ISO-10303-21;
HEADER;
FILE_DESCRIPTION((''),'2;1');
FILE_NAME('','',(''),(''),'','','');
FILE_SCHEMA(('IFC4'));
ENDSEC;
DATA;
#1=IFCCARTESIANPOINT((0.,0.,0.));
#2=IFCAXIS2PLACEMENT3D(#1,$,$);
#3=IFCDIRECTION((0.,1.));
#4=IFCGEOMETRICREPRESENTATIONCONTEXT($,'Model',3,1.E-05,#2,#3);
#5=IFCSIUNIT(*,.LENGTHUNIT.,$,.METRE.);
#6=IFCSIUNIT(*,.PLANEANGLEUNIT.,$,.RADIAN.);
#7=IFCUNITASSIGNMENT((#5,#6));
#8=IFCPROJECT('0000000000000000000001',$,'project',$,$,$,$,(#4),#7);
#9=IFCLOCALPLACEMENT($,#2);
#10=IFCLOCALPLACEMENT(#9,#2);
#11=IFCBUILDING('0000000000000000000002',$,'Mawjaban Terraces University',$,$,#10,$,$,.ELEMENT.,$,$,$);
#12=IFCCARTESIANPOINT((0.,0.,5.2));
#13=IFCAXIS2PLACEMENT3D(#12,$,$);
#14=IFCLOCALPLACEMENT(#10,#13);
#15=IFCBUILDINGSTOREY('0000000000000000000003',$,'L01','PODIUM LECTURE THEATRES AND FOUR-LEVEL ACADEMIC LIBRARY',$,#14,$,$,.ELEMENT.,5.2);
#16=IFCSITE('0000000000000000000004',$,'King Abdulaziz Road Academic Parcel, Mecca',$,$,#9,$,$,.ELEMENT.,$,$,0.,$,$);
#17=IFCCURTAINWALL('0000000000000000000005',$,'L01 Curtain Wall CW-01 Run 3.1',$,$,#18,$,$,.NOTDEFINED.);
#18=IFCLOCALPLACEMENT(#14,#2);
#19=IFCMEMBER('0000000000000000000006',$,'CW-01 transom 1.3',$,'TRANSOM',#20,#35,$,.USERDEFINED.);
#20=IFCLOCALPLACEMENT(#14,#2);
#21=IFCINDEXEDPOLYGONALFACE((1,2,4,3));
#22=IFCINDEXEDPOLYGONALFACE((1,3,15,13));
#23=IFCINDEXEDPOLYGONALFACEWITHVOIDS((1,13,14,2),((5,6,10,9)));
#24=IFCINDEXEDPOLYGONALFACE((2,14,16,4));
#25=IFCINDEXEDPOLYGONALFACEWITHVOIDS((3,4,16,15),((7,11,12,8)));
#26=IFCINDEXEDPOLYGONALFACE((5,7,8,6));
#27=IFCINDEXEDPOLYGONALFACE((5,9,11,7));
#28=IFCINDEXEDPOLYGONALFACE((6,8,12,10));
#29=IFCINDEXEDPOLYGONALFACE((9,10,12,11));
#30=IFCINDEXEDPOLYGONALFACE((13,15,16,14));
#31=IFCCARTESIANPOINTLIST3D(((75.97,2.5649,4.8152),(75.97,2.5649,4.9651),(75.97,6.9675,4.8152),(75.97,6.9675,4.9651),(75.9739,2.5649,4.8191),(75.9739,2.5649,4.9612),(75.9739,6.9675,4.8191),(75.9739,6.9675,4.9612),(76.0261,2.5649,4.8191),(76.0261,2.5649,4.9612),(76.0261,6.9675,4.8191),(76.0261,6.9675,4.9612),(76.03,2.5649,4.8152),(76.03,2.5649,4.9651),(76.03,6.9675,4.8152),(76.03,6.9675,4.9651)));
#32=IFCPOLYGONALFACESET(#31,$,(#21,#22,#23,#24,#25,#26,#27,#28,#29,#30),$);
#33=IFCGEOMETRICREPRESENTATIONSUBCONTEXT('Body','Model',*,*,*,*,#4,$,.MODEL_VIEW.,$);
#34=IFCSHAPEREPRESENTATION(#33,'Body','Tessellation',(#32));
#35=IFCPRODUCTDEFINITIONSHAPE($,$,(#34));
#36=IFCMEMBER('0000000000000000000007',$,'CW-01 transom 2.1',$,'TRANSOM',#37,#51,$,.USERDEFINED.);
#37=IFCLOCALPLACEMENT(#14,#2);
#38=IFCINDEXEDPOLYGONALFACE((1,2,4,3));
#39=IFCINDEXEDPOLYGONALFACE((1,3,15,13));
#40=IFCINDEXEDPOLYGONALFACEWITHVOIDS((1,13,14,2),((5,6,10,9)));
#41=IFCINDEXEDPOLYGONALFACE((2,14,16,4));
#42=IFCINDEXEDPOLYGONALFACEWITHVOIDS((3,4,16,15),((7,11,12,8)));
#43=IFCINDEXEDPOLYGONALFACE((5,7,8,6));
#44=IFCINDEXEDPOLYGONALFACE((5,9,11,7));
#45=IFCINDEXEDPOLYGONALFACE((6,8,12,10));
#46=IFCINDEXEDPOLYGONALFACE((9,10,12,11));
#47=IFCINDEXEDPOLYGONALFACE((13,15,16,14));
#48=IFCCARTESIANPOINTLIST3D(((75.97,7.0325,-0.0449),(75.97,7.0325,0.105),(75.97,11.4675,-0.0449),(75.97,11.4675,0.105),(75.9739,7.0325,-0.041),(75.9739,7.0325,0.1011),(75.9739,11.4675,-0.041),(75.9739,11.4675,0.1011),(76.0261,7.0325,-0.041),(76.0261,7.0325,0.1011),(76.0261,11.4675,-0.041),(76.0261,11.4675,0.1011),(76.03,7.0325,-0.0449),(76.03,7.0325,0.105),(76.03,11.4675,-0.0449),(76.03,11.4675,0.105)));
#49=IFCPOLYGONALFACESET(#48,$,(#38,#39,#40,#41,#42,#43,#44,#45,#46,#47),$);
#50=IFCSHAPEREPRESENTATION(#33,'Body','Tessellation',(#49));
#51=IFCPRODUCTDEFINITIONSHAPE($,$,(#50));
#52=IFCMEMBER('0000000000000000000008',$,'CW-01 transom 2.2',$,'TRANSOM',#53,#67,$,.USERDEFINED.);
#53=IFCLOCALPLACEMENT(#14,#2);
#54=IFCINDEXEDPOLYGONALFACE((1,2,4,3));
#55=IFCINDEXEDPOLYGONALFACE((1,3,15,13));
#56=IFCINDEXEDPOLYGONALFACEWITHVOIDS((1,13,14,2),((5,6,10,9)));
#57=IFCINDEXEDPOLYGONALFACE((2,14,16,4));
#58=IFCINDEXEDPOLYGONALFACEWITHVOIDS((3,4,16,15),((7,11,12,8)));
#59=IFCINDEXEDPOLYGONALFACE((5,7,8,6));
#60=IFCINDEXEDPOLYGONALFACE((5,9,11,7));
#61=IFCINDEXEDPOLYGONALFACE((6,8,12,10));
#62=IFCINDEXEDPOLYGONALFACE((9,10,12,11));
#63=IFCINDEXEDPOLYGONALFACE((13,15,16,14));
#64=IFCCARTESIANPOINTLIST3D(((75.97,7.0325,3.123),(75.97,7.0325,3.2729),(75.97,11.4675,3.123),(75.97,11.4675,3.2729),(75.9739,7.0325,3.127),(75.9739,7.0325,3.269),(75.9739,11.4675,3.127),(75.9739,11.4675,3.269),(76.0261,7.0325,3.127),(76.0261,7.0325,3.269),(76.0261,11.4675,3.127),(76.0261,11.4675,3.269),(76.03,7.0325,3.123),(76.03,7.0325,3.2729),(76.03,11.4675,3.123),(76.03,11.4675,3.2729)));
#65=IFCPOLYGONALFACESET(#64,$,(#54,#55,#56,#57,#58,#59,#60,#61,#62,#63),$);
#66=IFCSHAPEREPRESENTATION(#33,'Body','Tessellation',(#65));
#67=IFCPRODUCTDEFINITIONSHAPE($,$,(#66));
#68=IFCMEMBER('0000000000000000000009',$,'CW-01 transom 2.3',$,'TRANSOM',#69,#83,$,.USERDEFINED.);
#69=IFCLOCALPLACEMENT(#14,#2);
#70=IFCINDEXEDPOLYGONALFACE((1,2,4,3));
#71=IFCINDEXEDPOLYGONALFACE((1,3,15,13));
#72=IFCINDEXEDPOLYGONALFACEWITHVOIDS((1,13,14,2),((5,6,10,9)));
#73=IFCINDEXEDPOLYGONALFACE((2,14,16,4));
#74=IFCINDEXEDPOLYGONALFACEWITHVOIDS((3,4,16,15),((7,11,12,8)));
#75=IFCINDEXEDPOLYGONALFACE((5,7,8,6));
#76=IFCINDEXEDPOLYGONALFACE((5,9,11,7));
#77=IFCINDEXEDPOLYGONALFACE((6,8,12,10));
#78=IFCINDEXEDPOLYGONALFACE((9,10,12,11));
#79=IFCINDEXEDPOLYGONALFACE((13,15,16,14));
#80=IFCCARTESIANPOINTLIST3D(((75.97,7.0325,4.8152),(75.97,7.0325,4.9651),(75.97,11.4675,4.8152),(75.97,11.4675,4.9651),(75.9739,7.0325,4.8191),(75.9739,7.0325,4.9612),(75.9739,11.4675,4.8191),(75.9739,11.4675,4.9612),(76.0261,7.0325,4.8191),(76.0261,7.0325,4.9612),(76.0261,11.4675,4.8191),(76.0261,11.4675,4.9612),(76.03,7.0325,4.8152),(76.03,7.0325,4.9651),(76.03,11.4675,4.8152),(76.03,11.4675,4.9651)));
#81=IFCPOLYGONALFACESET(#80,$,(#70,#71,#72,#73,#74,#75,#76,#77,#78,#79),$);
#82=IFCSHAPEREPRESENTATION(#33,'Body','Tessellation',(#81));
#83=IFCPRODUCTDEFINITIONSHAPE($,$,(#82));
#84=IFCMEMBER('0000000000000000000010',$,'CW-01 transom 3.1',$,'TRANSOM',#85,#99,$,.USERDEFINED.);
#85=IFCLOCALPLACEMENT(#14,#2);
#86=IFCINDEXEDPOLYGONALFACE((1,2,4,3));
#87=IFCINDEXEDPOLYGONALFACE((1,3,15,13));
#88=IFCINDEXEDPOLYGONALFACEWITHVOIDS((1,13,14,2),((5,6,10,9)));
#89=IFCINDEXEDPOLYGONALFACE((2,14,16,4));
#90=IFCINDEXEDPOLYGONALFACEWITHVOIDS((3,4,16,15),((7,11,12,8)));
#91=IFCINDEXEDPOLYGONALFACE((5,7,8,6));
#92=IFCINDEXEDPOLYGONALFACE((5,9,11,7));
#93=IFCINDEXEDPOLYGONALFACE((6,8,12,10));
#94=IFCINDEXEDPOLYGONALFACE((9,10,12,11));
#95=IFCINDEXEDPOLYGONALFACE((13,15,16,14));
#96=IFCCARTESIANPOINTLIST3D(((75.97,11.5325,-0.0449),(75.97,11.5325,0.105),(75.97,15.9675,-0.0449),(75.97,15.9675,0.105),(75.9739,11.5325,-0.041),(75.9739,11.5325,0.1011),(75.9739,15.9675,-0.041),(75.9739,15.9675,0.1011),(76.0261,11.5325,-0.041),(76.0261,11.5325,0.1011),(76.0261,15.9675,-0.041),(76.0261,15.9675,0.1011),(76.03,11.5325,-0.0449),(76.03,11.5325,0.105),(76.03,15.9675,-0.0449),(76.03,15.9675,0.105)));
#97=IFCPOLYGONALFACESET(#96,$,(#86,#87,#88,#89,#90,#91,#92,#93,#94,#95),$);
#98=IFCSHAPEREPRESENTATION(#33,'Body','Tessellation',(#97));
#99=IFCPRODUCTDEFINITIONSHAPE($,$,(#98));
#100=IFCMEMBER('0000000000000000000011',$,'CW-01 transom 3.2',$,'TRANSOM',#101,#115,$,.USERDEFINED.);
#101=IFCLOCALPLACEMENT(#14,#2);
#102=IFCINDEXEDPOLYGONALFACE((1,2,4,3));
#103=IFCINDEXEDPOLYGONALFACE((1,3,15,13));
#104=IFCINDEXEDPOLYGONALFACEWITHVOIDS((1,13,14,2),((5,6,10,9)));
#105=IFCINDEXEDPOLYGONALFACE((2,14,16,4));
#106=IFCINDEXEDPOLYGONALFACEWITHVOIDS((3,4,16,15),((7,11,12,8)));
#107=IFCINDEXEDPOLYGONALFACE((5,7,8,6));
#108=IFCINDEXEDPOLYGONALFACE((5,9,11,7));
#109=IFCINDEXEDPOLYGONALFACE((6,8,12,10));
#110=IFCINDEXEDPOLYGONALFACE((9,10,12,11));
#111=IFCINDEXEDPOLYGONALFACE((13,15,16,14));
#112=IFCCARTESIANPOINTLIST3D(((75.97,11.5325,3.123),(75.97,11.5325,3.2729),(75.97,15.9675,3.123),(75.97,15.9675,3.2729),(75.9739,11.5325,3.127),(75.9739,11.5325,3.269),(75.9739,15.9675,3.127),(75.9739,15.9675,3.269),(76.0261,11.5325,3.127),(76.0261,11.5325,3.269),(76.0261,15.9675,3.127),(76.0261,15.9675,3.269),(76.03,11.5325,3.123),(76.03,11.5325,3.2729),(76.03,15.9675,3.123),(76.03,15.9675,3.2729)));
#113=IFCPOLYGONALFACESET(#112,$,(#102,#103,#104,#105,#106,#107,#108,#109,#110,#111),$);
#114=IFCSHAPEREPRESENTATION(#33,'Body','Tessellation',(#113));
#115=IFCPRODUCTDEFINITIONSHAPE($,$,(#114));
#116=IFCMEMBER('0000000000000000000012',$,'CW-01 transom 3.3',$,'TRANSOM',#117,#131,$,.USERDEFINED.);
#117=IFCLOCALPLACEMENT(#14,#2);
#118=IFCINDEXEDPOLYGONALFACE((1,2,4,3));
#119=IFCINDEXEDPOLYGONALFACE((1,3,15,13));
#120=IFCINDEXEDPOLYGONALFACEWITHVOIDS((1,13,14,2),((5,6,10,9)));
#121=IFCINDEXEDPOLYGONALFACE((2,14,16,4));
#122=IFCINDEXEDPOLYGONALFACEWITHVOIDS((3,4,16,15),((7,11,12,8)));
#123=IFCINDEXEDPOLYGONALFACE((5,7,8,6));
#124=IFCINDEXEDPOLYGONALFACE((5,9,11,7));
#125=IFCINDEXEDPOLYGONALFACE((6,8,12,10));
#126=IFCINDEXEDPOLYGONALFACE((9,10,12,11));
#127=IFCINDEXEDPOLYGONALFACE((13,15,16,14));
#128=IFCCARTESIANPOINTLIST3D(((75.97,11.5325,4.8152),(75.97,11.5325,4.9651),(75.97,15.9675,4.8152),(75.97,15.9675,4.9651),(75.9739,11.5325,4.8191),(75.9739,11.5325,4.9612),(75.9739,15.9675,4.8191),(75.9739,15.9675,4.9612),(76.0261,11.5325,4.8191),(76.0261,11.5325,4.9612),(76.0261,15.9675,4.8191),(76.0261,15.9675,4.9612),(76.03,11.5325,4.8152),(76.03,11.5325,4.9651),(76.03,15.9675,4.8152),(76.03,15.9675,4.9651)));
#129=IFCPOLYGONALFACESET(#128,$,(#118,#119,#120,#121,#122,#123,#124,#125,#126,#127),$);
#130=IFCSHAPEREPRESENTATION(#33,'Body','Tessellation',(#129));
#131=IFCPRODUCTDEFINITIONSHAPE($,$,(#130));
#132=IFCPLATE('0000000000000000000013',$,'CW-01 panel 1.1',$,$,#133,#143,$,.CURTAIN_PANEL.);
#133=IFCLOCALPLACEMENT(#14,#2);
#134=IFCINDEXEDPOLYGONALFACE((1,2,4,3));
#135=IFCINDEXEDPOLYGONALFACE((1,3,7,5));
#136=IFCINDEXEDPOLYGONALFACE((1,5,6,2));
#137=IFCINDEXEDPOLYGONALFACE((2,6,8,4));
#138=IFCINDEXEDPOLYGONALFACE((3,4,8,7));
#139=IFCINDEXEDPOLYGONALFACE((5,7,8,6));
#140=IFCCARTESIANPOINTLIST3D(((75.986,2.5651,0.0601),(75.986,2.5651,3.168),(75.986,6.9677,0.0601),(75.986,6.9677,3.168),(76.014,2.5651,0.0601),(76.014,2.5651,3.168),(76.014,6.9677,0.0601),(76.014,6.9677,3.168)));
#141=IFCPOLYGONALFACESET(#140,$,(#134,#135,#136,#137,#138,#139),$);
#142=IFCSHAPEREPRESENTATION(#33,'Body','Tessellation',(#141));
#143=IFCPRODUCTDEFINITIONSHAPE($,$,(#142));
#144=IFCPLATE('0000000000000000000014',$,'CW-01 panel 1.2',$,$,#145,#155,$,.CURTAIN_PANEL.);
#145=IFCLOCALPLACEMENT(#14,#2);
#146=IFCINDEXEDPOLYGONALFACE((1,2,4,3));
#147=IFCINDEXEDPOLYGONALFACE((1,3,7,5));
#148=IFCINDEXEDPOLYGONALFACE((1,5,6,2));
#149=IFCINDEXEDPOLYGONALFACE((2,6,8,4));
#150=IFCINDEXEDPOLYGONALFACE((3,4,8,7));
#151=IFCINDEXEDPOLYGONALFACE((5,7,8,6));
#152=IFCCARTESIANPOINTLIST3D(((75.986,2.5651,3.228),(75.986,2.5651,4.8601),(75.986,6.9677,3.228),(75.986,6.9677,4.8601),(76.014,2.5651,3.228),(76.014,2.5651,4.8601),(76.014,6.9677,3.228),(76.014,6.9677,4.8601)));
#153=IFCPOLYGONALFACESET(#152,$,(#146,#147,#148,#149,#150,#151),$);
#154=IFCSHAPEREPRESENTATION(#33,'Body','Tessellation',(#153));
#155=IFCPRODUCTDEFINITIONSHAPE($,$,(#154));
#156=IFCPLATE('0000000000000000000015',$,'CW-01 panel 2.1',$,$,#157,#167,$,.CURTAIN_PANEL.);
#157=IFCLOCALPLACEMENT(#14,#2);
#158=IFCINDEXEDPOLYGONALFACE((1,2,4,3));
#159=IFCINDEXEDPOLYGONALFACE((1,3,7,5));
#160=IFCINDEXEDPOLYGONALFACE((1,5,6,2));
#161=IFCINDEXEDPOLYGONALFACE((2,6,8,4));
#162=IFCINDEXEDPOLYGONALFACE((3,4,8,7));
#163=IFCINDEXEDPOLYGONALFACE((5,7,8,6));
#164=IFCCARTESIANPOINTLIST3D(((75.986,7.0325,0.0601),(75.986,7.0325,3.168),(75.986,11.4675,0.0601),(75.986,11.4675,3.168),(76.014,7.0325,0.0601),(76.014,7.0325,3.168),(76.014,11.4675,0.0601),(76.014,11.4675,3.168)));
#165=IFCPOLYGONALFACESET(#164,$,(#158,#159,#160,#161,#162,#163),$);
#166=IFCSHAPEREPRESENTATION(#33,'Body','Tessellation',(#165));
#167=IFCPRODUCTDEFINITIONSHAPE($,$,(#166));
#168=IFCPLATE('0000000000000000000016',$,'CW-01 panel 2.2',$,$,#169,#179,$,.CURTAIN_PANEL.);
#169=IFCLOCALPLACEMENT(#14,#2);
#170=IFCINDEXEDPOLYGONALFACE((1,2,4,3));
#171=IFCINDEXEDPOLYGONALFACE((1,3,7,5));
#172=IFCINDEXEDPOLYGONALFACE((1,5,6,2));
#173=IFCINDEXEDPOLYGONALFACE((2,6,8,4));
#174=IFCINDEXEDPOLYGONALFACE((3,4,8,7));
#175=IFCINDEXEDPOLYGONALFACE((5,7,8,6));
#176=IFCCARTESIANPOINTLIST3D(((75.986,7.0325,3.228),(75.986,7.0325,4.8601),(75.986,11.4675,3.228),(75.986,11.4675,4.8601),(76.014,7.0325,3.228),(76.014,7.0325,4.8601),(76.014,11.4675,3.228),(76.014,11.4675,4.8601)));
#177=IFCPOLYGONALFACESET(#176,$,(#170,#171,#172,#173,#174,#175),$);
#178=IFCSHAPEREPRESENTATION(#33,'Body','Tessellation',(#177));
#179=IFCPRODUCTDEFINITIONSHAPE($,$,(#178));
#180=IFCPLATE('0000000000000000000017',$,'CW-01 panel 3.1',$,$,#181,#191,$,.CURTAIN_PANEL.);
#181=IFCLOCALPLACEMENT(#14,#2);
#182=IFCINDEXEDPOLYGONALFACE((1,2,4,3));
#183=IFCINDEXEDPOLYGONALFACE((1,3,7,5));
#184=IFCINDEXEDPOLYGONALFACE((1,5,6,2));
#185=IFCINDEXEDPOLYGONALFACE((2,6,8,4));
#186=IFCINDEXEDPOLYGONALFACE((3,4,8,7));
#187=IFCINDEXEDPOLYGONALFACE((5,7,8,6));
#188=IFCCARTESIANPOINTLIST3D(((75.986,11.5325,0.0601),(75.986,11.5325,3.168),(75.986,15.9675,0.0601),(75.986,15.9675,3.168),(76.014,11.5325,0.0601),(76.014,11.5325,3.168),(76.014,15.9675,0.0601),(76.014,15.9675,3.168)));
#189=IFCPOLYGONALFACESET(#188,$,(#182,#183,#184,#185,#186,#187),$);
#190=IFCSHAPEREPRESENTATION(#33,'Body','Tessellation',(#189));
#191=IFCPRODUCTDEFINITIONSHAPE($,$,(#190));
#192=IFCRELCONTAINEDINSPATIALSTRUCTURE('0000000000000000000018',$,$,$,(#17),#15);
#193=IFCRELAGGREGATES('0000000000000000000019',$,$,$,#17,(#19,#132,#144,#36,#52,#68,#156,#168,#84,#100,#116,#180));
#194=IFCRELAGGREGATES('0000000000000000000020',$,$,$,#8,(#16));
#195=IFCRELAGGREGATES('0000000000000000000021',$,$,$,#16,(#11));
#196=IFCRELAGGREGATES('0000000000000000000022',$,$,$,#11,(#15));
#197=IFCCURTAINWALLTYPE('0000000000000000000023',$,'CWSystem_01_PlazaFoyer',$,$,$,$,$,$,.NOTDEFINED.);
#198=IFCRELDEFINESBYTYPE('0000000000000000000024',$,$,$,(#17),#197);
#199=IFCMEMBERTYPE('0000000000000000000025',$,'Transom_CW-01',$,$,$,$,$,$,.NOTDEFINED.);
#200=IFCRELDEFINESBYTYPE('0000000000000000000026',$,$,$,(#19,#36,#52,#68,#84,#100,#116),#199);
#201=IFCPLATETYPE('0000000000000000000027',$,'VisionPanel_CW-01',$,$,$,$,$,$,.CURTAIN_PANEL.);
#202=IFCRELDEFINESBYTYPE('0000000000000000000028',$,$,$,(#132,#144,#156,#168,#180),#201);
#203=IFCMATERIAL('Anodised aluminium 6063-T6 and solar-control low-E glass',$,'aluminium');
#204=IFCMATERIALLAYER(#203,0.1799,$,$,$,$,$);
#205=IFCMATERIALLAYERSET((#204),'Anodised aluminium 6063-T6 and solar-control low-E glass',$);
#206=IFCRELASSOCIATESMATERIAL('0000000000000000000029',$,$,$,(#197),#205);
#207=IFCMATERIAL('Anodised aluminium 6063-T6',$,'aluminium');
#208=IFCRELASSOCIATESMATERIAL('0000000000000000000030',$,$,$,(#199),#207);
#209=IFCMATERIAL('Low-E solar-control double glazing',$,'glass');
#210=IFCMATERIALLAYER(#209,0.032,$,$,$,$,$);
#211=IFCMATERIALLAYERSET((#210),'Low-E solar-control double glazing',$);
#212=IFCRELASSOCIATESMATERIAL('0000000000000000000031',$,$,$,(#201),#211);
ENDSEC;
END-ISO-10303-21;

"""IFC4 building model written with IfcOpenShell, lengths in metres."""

from ifc_helpers import new_model, si_unit, direction, frame, origin, origin_2d, place, context, subcontext, project, spatial, rectangle, hollow_rectangle, extrude, material, layer, layer_set, material_profile, profile_set, type_object, element, aggregate, save


model = new_model("IFC4")

# Units and contexts
model_context = context("Model", 3, precision=1e-05, world=origin(), true_north=direction((0.0, 1.0)))
body_context = subcontext(model_context, "Body", "Model", "MODEL_VIEW")
ifc_project = project(units=[si_unit("LENGTHUNIT", "METRE"), si_unit("PLANEANGLEUNIT", "RADIAN")], contexts=[model_context])

# Site, building, storey
site_placement = place(None, origin())
site = spatial("IfcSite", under=ifc_project, at=site_placement, Name="King Abdulaziz Road Academic Parcel, Mecca", CompositionType="ELEMENT", RefElevation=0.0)
building_placement = place(site_placement, origin())
building = spatial("IfcBuilding", under=site, at=building_placement, Name="Mawjaban Terraces University", CompositionType="ELEMENT")
storey_placement = place(building_placement, frame((0.0, 0.0, 5.2)))
storey = spatial("IfcBuildingStorey", under=building, at=storey_placement, Name="L01", Description="PODIUM LECTURE THEATRES AND FOUR-LEVEL ACADEMIC LIBRARY", CompositionType="ELEMENT", Elevation=5.2)

# Curtain wall, members, plates
ifc_material_1 = material(Name="Anodised aluminium 6063-T6 and solar-control low-E glass", Category="aluminium")
ifc_layer_1 = layer(ifc_material_1, 0.1799)
ifc_layer_set_1 = layer_set([ifc_layer_1], Name="Anodised aluminium 6063-T6 and solar-control low-E glass")
curtain_wall_type = type_object("IfcCurtainWallType", Name="CWSystem_01_PlazaFoyer", PredefinedType="NOTDEFINED", material=ifc_layer_set_1)
curtain_wall_placement = place(storey_placement, origin())
curtain_wall = element("IfcCurtainWall", 1, at=curtain_wall_placement, inside=storey, type_object=curtain_wall_type, Name="L01 Curtain Wall CW-01 Run 3.1", PredefinedType="NOTDEFINED")
ifc_material_2 = material(Name="Anodised aluminium 6063-T6", Category="aluminium")
ifc_material_profile_1 = material_profile(ifc_material_2, hollow_rectangle(XDim=0.0601, YDim=0.1499, WallThickness=0.0039, at=origin_2d()), Name="ALU150X60X4")
ifc_profile_set_1 = profile_set([ifc_material_profile_1], Name="Anodised aluminium 6063-T6")
member_type_1 = type_object("IfcMemberType", Name="Transom_CW-01", PredefinedType="NOTDEFINED", material=ifc_profile_set_1)
member_1_placement = place(storey_placement, frame((76.0, 2.5649, 4.8901), z_axis=(0.0, 1.0, 0.0), x_axis=(-1.0, 0.0, 0.0)))
member_1 = element("IfcMember", 2, at=member_1_placement, type_object=member_type_1, Name="CW-01 transom 1.3", ObjectType="TRANSOM", PredefinedType="USERDEFINED", context=body_context, shape_type="SweptSolid", body=[
    extrude(hollow_rectangle(XDim=0.0601, YDim=0.1499, WallThickness=0.0039, at=origin_2d()), origin(), (0.0, 0.0, 1.0), 4.4026),
])
member_2_placement = place(storey_placement, frame((76.0, 7.0325, 0.03), z_axis=(0.0, 1.0, 0.0), x_axis=(-1.0, 0.0, 0.0)))
member_2 = element("IfcMember", 3, at=member_2_placement, type_object=member_type_1, Name="CW-01 transom 2.1", ObjectType="TRANSOM", PredefinedType="USERDEFINED", context=body_context, shape_type="SweptSolid", body=[
    extrude(hollow_rectangle(XDim=0.0601, YDim=0.1499, WallThickness=0.0039, at=origin_2d()), origin(), (0.0, 0.0, 1.0), 4.4351),
])
member_3_placement = place(storey_placement, frame((76.0, 7.0325, 3.198), z_axis=(0.0, 1.0, 0.0), x_axis=(-1.0, 0.0, 0.0)))
member_3 = element("IfcMember", 4, at=member_3_placement, type_object=member_type_1, Name="CW-01 transom 2.2", ObjectType="TRANSOM", PredefinedType="USERDEFINED", context=body_context, shape_type="SweptSolid", body=[
    extrude(hollow_rectangle(XDim=0.0601, YDim=0.1499, WallThickness=0.0039, at=origin_2d()), origin(), (0.0, 0.0, 1.0), 4.4351),
])
member_4_placement = place(storey_placement, frame((76.0, 7.0325, 4.8901), z_axis=(0.0, 1.0, 0.0), x_axis=(-1.0, 0.0, 0.0)))
member_4 = element("IfcMember", 5, at=member_4_placement, type_object=member_type_1, Name="CW-01 transom 2.3", ObjectType="TRANSOM", PredefinedType="USERDEFINED", context=body_context, shape_type="SweptSolid", body=[
    extrude(hollow_rectangle(XDim=0.0601, YDim=0.1499, WallThickness=0.0039, at=origin_2d()), origin(), (0.0, 0.0, 1.0), 4.4351),
])
member_5_placement = place(storey_placement, frame((76.0, 11.5325, 0.03), z_axis=(0.0, 1.0, 0.0), x_axis=(-1.0, 0.0, 0.0)))
member_5 = element("IfcMember", 6, at=member_5_placement, type_object=member_type_1, Name="CW-01 transom 3.1", ObjectType="TRANSOM", PredefinedType="USERDEFINED", context=body_context, shape_type="SweptSolid", body=[
    extrude(hollow_rectangle(XDim=0.0601, YDim=0.1499, WallThickness=0.0039, at=origin_2d()), origin(), (0.0, 0.0, 1.0), 4.4351),
])
member_6_placement = place(storey_placement, frame((76.0, 11.5325, 3.198), z_axis=(0.0, 1.0, 0.0), x_axis=(-1.0, 0.0, 0.0)))
member_6 = element("IfcMember", 7, at=member_6_placement, type_object=member_type_1, Name="CW-01 transom 3.2", ObjectType="TRANSOM", PredefinedType="USERDEFINED", context=body_context, shape_type="SweptSolid", body=[
    extrude(hollow_rectangle(XDim=0.0601, YDim=0.1499, WallThickness=0.0039, at=origin_2d()), origin(), (0.0, 0.0, 1.0), 4.4351),
])
member_7_placement = place(storey_placement, frame((76.0, 11.5325, 4.8901), z_axis=(0.0, 1.0, 0.0), x_axis=(-1.0, 0.0, 0.0)))
member_7 = element("IfcMember", 8, at=member_7_placement, type_object=member_type_1, Name="CW-01 transom 3.3", ObjectType="TRANSOM", PredefinedType="USERDEFINED", context=body_context, shape_type="SweptSolid", body=[
    extrude(hollow_rectangle(XDim=0.0601, YDim=0.1499, WallThickness=0.0039, at=origin_2d()), origin(), (0.0, 0.0, 1.0), 4.4351),
])
ifc_material_3 = material(Name="Low-E solar-control double glazing", Category="glass")
ifc_layer_2 = layer(ifc_material_3, 0.032)
ifc_layer_set_2 = layer_set([ifc_layer_2], Name="Low-E solar-control double glazing")
plate_type = type_object("IfcPlateType", Name="VisionPanel_CW-01", PredefinedType="CURTAIN_PANEL", material=ifc_layer_set_2)
plate_1_placement = place(storey_placement, frame((76.0, 4.7664, 0.0601), z_axis=(0.0, 0.0, 1.0), x_axis=(0.0, 1.0, 0.0)))
plate_1 = element("IfcPlate", 9, at=plate_1_placement, type_object=plate_type, Name="CW-01 panel 1.1", PredefinedType="CURTAIN_PANEL", context=body_context, shape_type="SweptSolid", body=[
    extrude(rectangle(XDim=4.4026, YDim=0.0281, at=origin_2d()), origin(), (0.0, 0.0, 1.0), 3.1079),
])
plate_2_placement = place(storey_placement, frame((76.0, 4.7664, 3.228), z_axis=(0.0, 0.0, 1.0), x_axis=(0.0, 1.0, 0.0)))
plate_2 = element("IfcPlate", 10, at=plate_2_placement, type_object=plate_type, Name="CW-01 panel 1.2", PredefinedType="CURTAIN_PANEL", context=body_context, shape_type="SweptSolid", body=[
    extrude(rectangle(XDim=4.4026, YDim=0.0281, at=origin_2d()), origin(), (0.0, 0.0, 1.0), 1.6321),
])
plate_3_placement = place(storey_placement, frame((76.0, 9.25, 0.0601), z_axis=(0.0, 0.0, 1.0), x_axis=(0.0, 1.0, 0.0)))
plate_3 = element("IfcPlate", 11, at=plate_3_placement, type_object=plate_type, Name="CW-01 panel 2.1", PredefinedType="CURTAIN_PANEL", context=body_context, shape_type="SweptSolid", body=[
    extrude(rectangle(XDim=4.4351, YDim=0.0281, at=origin_2d()), origin(), (0.0, 0.0, 1.0), 3.1079),
])
plate_4_placement = place(storey_placement, frame((76.0, 9.25, 3.228), z_axis=(0.0, 0.0, 1.0), x_axis=(0.0, 1.0, 0.0)))
plate_4 = element("IfcPlate", 12, at=plate_4_placement, type_object=plate_type, Name="CW-01 panel 2.2", PredefinedType="CURTAIN_PANEL", context=body_context, shape_type="SweptSolid", body=[
    extrude(rectangle(XDim=4.4351, YDim=0.0281, at=origin_2d()), origin(), (0.0, 0.0, 1.0), 1.6321),
])
plate_5_placement = place(storey_placement, frame((76.0, 13.75, 0.0601), z_axis=(0.0, 0.0, 1.0), x_axis=(0.0, 1.0, 0.0)))
plate_5 = element("IfcPlate", 13, at=plate_5_placement, type_object=plate_type, Name="CW-01 panel 3.1", PredefinedType="CURTAIN_PANEL", context=body_context, shape_type="SweptSolid", body=[
    extrude(rectangle(XDim=4.4351, YDim=0.0281, at=origin_2d()), origin(), (0.0, 0.0, 1.0), 3.1079),
])
aggregate(curtain_wall, [member_1, plate_1, plate_2, member_2, member_3, member_4, plate_3, plate_4, member_5, member_6, member_7, plate_5])

save(model, "model.ifc")
